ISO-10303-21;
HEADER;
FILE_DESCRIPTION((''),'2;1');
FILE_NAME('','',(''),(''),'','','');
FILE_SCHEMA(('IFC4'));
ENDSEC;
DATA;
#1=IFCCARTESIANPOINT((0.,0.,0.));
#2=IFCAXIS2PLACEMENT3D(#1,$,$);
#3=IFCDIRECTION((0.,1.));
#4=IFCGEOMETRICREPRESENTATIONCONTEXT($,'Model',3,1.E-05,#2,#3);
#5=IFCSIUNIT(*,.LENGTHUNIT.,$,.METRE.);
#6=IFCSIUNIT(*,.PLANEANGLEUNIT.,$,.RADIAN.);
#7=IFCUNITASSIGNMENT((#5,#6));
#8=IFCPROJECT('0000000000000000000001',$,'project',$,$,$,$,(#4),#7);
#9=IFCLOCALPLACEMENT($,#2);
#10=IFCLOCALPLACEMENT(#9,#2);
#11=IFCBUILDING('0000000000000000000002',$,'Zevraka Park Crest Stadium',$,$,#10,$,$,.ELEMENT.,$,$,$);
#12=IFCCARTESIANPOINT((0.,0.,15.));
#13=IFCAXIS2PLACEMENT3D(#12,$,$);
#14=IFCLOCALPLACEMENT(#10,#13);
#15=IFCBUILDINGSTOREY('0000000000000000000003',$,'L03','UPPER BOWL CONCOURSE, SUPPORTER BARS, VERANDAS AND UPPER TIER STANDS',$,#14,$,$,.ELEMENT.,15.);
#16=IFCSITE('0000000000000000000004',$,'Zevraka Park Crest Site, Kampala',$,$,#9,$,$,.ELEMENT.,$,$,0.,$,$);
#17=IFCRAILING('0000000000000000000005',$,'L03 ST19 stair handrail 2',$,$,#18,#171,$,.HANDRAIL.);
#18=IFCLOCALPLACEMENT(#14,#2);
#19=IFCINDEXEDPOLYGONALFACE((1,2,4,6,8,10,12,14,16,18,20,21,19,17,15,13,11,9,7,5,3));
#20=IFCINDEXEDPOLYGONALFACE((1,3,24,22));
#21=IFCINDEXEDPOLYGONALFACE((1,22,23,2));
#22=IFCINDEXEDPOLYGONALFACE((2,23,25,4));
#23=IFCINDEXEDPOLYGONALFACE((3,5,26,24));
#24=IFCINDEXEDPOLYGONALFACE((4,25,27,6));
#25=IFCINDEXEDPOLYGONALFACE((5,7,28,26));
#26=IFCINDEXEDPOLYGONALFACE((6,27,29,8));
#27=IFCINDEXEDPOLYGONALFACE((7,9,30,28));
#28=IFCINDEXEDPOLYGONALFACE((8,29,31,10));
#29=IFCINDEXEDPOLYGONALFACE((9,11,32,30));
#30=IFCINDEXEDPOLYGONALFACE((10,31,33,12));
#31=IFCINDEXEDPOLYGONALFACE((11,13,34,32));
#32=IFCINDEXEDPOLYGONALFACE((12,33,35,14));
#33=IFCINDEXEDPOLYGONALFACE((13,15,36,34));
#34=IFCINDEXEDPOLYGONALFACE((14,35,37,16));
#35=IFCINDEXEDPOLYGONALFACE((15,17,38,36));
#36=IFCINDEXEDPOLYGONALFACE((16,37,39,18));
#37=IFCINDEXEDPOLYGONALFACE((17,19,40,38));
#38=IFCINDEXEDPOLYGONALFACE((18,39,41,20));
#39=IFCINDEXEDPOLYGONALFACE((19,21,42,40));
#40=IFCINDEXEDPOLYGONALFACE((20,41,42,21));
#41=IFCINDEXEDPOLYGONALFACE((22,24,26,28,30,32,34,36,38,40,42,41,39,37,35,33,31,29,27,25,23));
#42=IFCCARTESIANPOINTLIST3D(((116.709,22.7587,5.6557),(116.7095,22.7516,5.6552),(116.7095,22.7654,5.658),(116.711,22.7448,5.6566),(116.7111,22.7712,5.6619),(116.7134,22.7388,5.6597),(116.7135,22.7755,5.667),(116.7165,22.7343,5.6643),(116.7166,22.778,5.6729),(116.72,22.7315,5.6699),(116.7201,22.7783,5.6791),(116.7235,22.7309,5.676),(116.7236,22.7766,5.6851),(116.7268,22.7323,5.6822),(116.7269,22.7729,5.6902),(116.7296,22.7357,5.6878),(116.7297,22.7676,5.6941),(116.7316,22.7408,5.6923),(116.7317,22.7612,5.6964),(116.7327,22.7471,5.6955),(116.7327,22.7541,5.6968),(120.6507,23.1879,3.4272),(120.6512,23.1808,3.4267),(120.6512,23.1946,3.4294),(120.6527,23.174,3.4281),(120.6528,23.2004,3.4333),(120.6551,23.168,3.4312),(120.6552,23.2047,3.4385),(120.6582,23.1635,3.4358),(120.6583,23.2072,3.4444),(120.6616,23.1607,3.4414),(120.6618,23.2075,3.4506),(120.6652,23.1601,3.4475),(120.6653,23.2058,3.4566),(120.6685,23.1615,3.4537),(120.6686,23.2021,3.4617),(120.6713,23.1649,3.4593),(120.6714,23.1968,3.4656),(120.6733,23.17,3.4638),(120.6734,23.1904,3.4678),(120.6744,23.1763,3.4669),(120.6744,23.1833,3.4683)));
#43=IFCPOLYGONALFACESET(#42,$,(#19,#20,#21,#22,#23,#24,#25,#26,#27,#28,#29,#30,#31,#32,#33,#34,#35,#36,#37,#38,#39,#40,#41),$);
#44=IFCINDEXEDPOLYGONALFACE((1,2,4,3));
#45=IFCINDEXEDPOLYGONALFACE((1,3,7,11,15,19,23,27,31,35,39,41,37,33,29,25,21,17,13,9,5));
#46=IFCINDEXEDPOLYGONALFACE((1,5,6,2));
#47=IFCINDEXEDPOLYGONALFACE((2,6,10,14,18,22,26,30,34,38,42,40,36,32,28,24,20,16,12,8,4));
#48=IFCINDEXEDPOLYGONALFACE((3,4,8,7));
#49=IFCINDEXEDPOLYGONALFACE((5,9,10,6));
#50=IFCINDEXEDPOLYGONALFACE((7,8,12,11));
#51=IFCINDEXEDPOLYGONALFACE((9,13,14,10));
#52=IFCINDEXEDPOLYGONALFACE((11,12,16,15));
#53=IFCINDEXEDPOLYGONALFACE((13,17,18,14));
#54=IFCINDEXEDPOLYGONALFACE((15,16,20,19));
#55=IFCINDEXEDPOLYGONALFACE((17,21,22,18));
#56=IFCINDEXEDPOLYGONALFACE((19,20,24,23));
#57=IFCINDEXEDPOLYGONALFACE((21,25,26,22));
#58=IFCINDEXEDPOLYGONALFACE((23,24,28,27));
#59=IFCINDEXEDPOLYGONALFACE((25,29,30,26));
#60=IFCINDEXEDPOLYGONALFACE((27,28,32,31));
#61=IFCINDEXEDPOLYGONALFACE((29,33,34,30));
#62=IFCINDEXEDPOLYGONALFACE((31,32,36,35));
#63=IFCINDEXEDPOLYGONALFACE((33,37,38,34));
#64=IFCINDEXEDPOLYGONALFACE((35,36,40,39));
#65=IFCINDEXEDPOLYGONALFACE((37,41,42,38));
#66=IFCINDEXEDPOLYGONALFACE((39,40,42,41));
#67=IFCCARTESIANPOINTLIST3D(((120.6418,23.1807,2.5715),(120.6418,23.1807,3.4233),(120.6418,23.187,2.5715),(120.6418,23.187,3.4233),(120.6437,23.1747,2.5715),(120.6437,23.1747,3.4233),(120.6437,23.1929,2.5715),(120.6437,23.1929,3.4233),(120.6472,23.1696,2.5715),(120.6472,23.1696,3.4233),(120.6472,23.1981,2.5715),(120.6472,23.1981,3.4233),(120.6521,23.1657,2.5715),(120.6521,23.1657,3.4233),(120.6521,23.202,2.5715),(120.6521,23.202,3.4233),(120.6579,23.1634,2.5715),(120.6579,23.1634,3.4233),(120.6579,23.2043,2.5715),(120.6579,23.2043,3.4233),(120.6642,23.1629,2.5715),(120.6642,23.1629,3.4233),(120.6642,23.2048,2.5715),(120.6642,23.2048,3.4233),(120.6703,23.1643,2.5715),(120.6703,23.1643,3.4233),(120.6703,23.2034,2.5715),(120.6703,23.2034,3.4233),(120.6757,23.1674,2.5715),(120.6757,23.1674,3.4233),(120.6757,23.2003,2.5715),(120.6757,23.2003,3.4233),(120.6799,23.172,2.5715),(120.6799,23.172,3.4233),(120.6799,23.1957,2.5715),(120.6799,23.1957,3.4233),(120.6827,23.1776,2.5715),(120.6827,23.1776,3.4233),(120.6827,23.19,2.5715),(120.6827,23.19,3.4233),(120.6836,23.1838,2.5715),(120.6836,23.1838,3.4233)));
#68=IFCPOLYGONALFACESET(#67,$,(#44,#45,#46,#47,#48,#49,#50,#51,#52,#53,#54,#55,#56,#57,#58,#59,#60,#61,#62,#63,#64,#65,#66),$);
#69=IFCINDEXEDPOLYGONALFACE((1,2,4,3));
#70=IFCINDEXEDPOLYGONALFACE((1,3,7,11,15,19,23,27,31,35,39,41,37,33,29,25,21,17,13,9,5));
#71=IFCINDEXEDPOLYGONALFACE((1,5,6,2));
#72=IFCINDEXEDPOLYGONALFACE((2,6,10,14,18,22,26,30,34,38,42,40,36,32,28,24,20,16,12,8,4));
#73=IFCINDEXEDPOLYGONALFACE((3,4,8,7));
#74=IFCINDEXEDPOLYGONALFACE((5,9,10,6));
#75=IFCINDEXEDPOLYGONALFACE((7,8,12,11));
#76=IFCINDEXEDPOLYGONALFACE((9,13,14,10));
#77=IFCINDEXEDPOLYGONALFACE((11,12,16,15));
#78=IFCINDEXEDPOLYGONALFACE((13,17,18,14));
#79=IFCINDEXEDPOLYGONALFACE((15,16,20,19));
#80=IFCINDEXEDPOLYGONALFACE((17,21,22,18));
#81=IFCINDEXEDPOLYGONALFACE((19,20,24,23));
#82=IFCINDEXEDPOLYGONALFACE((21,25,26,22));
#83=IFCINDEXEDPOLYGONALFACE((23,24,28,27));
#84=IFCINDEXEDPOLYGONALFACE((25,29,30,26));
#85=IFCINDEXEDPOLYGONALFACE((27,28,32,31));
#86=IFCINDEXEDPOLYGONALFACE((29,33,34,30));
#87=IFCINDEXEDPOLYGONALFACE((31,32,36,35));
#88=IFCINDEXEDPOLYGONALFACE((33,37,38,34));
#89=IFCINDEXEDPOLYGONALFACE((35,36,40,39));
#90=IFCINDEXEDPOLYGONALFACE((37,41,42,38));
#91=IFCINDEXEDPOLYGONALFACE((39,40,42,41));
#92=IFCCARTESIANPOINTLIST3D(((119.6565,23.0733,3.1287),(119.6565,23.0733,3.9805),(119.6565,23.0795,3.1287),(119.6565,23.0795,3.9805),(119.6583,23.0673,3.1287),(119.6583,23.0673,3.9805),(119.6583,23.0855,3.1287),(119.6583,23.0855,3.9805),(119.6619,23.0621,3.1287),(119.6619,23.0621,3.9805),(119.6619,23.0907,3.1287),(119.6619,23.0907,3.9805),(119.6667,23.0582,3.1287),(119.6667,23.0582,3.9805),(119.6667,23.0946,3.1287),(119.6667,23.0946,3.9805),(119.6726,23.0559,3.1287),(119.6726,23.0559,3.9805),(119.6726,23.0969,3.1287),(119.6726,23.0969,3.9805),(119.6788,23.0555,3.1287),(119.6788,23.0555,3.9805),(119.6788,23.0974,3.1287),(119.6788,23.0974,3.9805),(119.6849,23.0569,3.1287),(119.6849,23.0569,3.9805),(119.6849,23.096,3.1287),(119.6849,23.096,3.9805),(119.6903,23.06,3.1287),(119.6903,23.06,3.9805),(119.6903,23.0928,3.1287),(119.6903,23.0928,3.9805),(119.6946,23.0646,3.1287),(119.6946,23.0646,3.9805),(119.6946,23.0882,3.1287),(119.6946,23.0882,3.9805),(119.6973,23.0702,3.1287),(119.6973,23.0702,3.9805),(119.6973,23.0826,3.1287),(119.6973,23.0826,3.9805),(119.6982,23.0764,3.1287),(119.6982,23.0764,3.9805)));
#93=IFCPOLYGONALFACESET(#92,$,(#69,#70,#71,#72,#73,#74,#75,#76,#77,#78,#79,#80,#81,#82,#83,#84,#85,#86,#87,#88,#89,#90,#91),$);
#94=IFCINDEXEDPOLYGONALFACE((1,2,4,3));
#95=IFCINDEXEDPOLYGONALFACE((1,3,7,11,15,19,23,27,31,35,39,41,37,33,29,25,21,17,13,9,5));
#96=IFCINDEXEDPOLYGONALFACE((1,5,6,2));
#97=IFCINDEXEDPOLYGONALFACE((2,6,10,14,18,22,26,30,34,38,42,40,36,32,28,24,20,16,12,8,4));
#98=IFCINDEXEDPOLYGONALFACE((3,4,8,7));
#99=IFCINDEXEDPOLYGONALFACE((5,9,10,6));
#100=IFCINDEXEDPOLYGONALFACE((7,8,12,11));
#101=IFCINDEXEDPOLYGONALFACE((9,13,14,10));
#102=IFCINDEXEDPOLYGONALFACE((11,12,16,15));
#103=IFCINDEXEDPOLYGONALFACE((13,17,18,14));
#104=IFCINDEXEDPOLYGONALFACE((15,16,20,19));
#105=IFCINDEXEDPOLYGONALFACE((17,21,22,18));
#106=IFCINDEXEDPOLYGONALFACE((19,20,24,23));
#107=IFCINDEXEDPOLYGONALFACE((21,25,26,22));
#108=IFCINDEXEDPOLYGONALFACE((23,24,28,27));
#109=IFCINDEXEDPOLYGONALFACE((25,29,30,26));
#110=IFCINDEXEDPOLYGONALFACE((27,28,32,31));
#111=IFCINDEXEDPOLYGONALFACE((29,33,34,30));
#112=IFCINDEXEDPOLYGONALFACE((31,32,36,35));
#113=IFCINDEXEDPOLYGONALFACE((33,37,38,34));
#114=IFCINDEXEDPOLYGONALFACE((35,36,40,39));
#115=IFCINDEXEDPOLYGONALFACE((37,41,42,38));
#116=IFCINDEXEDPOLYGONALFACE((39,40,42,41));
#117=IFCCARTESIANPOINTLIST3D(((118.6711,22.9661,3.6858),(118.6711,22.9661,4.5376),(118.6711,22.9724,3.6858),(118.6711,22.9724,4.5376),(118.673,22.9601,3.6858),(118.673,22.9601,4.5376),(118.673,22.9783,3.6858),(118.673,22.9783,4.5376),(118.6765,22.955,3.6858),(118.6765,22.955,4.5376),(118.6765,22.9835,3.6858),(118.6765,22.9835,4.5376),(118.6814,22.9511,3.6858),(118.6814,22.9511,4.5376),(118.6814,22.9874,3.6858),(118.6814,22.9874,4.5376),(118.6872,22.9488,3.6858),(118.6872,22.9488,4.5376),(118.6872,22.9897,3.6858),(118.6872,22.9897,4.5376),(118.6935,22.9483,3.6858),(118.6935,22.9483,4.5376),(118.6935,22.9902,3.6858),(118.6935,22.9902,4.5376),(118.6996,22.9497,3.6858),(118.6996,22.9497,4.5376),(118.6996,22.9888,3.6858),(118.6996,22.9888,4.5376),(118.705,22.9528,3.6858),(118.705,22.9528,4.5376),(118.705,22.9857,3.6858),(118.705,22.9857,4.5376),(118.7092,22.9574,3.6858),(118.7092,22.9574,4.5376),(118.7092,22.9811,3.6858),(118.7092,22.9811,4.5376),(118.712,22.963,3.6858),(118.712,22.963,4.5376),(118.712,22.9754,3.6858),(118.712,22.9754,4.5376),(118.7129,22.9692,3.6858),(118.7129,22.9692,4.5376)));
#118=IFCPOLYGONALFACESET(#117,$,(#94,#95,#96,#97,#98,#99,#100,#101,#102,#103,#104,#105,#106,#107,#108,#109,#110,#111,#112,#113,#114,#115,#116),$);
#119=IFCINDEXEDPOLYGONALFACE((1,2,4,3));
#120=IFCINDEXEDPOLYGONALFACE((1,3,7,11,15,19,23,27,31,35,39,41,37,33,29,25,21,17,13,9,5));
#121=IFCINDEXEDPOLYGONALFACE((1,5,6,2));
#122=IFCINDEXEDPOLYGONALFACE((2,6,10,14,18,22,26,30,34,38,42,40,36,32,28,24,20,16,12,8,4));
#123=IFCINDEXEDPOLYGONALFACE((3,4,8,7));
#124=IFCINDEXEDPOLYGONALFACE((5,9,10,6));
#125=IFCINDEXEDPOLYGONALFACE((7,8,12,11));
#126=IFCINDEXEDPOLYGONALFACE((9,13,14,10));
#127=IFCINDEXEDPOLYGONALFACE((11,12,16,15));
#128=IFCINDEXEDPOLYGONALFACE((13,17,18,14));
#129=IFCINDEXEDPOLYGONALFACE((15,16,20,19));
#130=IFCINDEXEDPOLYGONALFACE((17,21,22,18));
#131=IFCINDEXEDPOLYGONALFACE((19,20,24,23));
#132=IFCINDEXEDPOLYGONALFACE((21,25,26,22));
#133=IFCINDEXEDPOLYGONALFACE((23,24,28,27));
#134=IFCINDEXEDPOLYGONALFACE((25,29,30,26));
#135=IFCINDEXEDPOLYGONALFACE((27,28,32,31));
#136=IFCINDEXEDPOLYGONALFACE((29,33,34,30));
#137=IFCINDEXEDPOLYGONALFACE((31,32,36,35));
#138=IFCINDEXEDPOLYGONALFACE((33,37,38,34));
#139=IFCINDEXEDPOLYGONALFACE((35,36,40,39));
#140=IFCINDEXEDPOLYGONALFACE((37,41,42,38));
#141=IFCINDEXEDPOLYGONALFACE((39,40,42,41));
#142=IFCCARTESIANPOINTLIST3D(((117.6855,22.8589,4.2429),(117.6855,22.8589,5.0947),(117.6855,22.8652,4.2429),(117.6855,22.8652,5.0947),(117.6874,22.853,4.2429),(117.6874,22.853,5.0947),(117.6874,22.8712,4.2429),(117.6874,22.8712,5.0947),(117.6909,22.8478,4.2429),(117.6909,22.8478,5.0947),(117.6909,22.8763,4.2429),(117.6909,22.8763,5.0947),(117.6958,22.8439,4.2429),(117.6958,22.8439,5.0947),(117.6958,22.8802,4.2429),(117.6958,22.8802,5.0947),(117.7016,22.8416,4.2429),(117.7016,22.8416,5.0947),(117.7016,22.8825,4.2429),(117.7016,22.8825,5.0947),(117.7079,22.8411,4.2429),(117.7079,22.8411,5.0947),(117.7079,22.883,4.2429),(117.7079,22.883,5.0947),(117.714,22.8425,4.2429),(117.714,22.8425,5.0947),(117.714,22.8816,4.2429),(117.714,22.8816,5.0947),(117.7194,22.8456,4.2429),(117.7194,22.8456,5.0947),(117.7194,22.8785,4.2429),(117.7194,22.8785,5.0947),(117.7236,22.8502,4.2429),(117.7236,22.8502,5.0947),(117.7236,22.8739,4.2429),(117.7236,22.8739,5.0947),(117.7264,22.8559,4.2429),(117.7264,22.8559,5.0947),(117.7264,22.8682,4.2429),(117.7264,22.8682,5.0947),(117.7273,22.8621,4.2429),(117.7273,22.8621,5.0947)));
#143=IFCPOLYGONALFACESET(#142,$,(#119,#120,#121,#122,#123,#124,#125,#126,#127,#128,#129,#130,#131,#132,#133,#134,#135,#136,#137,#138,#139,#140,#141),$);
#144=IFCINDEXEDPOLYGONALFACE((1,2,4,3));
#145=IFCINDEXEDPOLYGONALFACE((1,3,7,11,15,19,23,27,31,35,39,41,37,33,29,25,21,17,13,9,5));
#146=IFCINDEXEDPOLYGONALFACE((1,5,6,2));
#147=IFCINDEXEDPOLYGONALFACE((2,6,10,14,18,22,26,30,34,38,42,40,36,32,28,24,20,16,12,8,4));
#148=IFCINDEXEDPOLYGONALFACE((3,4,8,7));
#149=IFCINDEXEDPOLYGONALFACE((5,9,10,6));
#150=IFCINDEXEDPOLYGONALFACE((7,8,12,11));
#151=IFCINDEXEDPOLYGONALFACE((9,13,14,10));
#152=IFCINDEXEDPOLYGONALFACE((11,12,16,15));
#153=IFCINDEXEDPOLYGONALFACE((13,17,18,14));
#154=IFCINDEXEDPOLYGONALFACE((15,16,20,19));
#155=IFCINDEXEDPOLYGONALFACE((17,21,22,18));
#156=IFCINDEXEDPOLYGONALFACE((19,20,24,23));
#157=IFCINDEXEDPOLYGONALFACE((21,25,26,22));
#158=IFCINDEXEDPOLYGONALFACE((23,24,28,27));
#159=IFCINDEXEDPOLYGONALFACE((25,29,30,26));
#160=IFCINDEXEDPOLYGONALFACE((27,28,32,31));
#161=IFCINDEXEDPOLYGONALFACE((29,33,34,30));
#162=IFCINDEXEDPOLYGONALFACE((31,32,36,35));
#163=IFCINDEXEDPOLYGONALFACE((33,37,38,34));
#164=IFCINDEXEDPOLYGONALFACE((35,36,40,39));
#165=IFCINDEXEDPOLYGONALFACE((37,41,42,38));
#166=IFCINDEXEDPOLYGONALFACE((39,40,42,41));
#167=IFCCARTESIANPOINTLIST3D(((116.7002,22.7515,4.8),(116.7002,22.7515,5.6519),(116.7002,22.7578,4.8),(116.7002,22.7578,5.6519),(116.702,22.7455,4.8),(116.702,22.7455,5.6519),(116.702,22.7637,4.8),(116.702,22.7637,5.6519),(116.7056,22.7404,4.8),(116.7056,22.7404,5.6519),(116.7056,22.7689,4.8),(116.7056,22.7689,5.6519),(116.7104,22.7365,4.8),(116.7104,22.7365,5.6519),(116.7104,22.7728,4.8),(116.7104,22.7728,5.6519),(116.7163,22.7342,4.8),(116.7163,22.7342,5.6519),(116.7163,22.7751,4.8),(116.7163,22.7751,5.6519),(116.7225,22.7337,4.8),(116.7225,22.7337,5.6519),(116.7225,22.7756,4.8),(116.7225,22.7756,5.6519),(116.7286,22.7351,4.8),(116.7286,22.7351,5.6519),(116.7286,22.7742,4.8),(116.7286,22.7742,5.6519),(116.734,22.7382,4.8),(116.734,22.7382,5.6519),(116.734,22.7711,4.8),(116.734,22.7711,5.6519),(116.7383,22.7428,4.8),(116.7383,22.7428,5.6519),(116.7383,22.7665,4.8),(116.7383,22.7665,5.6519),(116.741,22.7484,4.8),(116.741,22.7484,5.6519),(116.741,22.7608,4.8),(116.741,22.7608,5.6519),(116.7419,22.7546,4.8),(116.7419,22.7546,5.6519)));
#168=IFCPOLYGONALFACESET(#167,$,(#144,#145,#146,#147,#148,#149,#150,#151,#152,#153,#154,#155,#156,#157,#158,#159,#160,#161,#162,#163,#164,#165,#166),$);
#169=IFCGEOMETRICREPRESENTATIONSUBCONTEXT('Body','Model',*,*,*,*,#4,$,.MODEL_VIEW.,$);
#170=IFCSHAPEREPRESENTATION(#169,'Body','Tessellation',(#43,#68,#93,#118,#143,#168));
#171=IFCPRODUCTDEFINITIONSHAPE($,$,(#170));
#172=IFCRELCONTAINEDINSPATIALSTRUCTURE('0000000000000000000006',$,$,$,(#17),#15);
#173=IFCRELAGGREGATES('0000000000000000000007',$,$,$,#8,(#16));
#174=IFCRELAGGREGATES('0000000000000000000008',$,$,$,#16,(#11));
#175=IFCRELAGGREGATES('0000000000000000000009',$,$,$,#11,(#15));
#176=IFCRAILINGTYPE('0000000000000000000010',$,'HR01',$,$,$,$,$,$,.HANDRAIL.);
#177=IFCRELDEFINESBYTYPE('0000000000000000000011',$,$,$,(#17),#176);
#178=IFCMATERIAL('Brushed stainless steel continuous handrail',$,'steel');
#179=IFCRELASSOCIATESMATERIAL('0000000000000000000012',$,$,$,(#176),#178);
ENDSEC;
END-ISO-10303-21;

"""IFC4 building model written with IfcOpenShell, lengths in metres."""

from ifc_helpers import new_model, si_unit, direction, frame, origin, origin_2d, place, context, subcontext, project, spatial, circle, extrude, material, type_object, element, save


model = new_model("IFC4")

# Units and contexts
model_context = context("Model", 3, precision=1e-05, world=origin(), true_north=direction((0.0, 1.0)))
body_context = subcontext(model_context, "Body", "Model", "MODEL_VIEW")
ifc_project = project(units=[si_unit("LENGTHUNIT", "METRE"), si_unit("PLANEANGLEUNIT", "RADIAN")], contexts=[model_context])

# Site, building, storey
site_placement = place(None, origin())
site = spatial("IfcSite", under=ifc_project, at=site_placement, Name="Zevraka Park Crest Site, Kampala", CompositionType="ELEMENT", RefElevation=0.0)
building_placement = place(site_placement, origin())
building = spatial("IfcBuilding", under=site, at=building_placement, Name="Zevraka Park Crest Stadium", CompositionType="ELEMENT")
storey_placement = place(building_placement, frame((0.0, 0.0, 15.0)))
storey = spatial("IfcBuildingStorey", under=building, at=storey_placement, Name="L03", Description="UPPER BOWL CONCOURSE, SUPPORTER BARS, VERANDAS AND UPPER TIER STANDS", CompositionType="ELEMENT", Elevation=15.0)

# Railing
ifc_material_1 = material(Name="Brushed stainless steel continuous handrail", Category="steel")
railing_type_1 = type_object("IfcRailingType", Name="HR01", PredefinedType="HANDRAIL", material=ifc_material_1)
railing_1_placement = place(storey_placement, frame((120.6626, 23.1838, 2.5715)))
element("IfcRailing", 1, at=railing_1_placement, inside=storey, type_object=railing_type_1, Name="L03 ST19 stair handrail 2", PredefinedType="HANDRAIL", context=body_context, shape_type="SweptSolid", body=[
    extrude(circle(Radius=0.0239, at=origin_2d()), frame((0.0, 0.0, 0.876), z_axis=(-0.866619, -0.094365, 0.489966), x_axis=(0.108248, -0.994124, 0.0)), (0.0, 0.0, 1.0), 4.5483),
    extrude(circle(Radius=0.021, at=origin_2d()), origin(), (0.0, 0.0, 1.0), 0.8518),
    extrude(circle(Radius=0.021, at=origin_2d()), frame((-0.9854, -0.1074, 0.5571)), (0.0, 0.0, 1.0), 0.8518),
    extrude(circle(Radius=0.021, at=origin_2d()), frame((-1.9707, -0.2146, 1.1143)), (0.0, 0.0, 1.0), 0.8518),
    extrude(circle(Radius=0.021, at=origin_2d()), frame((-2.9563, -0.3218, 1.6714)), (0.0, 0.0, 1.0), 0.8518),
    extrude(circle(Radius=0.021, at=origin_2d()), frame((-3.9417, -0.4292, 2.2285)), (0.0, 0.0, 1.0), 0.8518),
])

save(model, "model.ifc")
